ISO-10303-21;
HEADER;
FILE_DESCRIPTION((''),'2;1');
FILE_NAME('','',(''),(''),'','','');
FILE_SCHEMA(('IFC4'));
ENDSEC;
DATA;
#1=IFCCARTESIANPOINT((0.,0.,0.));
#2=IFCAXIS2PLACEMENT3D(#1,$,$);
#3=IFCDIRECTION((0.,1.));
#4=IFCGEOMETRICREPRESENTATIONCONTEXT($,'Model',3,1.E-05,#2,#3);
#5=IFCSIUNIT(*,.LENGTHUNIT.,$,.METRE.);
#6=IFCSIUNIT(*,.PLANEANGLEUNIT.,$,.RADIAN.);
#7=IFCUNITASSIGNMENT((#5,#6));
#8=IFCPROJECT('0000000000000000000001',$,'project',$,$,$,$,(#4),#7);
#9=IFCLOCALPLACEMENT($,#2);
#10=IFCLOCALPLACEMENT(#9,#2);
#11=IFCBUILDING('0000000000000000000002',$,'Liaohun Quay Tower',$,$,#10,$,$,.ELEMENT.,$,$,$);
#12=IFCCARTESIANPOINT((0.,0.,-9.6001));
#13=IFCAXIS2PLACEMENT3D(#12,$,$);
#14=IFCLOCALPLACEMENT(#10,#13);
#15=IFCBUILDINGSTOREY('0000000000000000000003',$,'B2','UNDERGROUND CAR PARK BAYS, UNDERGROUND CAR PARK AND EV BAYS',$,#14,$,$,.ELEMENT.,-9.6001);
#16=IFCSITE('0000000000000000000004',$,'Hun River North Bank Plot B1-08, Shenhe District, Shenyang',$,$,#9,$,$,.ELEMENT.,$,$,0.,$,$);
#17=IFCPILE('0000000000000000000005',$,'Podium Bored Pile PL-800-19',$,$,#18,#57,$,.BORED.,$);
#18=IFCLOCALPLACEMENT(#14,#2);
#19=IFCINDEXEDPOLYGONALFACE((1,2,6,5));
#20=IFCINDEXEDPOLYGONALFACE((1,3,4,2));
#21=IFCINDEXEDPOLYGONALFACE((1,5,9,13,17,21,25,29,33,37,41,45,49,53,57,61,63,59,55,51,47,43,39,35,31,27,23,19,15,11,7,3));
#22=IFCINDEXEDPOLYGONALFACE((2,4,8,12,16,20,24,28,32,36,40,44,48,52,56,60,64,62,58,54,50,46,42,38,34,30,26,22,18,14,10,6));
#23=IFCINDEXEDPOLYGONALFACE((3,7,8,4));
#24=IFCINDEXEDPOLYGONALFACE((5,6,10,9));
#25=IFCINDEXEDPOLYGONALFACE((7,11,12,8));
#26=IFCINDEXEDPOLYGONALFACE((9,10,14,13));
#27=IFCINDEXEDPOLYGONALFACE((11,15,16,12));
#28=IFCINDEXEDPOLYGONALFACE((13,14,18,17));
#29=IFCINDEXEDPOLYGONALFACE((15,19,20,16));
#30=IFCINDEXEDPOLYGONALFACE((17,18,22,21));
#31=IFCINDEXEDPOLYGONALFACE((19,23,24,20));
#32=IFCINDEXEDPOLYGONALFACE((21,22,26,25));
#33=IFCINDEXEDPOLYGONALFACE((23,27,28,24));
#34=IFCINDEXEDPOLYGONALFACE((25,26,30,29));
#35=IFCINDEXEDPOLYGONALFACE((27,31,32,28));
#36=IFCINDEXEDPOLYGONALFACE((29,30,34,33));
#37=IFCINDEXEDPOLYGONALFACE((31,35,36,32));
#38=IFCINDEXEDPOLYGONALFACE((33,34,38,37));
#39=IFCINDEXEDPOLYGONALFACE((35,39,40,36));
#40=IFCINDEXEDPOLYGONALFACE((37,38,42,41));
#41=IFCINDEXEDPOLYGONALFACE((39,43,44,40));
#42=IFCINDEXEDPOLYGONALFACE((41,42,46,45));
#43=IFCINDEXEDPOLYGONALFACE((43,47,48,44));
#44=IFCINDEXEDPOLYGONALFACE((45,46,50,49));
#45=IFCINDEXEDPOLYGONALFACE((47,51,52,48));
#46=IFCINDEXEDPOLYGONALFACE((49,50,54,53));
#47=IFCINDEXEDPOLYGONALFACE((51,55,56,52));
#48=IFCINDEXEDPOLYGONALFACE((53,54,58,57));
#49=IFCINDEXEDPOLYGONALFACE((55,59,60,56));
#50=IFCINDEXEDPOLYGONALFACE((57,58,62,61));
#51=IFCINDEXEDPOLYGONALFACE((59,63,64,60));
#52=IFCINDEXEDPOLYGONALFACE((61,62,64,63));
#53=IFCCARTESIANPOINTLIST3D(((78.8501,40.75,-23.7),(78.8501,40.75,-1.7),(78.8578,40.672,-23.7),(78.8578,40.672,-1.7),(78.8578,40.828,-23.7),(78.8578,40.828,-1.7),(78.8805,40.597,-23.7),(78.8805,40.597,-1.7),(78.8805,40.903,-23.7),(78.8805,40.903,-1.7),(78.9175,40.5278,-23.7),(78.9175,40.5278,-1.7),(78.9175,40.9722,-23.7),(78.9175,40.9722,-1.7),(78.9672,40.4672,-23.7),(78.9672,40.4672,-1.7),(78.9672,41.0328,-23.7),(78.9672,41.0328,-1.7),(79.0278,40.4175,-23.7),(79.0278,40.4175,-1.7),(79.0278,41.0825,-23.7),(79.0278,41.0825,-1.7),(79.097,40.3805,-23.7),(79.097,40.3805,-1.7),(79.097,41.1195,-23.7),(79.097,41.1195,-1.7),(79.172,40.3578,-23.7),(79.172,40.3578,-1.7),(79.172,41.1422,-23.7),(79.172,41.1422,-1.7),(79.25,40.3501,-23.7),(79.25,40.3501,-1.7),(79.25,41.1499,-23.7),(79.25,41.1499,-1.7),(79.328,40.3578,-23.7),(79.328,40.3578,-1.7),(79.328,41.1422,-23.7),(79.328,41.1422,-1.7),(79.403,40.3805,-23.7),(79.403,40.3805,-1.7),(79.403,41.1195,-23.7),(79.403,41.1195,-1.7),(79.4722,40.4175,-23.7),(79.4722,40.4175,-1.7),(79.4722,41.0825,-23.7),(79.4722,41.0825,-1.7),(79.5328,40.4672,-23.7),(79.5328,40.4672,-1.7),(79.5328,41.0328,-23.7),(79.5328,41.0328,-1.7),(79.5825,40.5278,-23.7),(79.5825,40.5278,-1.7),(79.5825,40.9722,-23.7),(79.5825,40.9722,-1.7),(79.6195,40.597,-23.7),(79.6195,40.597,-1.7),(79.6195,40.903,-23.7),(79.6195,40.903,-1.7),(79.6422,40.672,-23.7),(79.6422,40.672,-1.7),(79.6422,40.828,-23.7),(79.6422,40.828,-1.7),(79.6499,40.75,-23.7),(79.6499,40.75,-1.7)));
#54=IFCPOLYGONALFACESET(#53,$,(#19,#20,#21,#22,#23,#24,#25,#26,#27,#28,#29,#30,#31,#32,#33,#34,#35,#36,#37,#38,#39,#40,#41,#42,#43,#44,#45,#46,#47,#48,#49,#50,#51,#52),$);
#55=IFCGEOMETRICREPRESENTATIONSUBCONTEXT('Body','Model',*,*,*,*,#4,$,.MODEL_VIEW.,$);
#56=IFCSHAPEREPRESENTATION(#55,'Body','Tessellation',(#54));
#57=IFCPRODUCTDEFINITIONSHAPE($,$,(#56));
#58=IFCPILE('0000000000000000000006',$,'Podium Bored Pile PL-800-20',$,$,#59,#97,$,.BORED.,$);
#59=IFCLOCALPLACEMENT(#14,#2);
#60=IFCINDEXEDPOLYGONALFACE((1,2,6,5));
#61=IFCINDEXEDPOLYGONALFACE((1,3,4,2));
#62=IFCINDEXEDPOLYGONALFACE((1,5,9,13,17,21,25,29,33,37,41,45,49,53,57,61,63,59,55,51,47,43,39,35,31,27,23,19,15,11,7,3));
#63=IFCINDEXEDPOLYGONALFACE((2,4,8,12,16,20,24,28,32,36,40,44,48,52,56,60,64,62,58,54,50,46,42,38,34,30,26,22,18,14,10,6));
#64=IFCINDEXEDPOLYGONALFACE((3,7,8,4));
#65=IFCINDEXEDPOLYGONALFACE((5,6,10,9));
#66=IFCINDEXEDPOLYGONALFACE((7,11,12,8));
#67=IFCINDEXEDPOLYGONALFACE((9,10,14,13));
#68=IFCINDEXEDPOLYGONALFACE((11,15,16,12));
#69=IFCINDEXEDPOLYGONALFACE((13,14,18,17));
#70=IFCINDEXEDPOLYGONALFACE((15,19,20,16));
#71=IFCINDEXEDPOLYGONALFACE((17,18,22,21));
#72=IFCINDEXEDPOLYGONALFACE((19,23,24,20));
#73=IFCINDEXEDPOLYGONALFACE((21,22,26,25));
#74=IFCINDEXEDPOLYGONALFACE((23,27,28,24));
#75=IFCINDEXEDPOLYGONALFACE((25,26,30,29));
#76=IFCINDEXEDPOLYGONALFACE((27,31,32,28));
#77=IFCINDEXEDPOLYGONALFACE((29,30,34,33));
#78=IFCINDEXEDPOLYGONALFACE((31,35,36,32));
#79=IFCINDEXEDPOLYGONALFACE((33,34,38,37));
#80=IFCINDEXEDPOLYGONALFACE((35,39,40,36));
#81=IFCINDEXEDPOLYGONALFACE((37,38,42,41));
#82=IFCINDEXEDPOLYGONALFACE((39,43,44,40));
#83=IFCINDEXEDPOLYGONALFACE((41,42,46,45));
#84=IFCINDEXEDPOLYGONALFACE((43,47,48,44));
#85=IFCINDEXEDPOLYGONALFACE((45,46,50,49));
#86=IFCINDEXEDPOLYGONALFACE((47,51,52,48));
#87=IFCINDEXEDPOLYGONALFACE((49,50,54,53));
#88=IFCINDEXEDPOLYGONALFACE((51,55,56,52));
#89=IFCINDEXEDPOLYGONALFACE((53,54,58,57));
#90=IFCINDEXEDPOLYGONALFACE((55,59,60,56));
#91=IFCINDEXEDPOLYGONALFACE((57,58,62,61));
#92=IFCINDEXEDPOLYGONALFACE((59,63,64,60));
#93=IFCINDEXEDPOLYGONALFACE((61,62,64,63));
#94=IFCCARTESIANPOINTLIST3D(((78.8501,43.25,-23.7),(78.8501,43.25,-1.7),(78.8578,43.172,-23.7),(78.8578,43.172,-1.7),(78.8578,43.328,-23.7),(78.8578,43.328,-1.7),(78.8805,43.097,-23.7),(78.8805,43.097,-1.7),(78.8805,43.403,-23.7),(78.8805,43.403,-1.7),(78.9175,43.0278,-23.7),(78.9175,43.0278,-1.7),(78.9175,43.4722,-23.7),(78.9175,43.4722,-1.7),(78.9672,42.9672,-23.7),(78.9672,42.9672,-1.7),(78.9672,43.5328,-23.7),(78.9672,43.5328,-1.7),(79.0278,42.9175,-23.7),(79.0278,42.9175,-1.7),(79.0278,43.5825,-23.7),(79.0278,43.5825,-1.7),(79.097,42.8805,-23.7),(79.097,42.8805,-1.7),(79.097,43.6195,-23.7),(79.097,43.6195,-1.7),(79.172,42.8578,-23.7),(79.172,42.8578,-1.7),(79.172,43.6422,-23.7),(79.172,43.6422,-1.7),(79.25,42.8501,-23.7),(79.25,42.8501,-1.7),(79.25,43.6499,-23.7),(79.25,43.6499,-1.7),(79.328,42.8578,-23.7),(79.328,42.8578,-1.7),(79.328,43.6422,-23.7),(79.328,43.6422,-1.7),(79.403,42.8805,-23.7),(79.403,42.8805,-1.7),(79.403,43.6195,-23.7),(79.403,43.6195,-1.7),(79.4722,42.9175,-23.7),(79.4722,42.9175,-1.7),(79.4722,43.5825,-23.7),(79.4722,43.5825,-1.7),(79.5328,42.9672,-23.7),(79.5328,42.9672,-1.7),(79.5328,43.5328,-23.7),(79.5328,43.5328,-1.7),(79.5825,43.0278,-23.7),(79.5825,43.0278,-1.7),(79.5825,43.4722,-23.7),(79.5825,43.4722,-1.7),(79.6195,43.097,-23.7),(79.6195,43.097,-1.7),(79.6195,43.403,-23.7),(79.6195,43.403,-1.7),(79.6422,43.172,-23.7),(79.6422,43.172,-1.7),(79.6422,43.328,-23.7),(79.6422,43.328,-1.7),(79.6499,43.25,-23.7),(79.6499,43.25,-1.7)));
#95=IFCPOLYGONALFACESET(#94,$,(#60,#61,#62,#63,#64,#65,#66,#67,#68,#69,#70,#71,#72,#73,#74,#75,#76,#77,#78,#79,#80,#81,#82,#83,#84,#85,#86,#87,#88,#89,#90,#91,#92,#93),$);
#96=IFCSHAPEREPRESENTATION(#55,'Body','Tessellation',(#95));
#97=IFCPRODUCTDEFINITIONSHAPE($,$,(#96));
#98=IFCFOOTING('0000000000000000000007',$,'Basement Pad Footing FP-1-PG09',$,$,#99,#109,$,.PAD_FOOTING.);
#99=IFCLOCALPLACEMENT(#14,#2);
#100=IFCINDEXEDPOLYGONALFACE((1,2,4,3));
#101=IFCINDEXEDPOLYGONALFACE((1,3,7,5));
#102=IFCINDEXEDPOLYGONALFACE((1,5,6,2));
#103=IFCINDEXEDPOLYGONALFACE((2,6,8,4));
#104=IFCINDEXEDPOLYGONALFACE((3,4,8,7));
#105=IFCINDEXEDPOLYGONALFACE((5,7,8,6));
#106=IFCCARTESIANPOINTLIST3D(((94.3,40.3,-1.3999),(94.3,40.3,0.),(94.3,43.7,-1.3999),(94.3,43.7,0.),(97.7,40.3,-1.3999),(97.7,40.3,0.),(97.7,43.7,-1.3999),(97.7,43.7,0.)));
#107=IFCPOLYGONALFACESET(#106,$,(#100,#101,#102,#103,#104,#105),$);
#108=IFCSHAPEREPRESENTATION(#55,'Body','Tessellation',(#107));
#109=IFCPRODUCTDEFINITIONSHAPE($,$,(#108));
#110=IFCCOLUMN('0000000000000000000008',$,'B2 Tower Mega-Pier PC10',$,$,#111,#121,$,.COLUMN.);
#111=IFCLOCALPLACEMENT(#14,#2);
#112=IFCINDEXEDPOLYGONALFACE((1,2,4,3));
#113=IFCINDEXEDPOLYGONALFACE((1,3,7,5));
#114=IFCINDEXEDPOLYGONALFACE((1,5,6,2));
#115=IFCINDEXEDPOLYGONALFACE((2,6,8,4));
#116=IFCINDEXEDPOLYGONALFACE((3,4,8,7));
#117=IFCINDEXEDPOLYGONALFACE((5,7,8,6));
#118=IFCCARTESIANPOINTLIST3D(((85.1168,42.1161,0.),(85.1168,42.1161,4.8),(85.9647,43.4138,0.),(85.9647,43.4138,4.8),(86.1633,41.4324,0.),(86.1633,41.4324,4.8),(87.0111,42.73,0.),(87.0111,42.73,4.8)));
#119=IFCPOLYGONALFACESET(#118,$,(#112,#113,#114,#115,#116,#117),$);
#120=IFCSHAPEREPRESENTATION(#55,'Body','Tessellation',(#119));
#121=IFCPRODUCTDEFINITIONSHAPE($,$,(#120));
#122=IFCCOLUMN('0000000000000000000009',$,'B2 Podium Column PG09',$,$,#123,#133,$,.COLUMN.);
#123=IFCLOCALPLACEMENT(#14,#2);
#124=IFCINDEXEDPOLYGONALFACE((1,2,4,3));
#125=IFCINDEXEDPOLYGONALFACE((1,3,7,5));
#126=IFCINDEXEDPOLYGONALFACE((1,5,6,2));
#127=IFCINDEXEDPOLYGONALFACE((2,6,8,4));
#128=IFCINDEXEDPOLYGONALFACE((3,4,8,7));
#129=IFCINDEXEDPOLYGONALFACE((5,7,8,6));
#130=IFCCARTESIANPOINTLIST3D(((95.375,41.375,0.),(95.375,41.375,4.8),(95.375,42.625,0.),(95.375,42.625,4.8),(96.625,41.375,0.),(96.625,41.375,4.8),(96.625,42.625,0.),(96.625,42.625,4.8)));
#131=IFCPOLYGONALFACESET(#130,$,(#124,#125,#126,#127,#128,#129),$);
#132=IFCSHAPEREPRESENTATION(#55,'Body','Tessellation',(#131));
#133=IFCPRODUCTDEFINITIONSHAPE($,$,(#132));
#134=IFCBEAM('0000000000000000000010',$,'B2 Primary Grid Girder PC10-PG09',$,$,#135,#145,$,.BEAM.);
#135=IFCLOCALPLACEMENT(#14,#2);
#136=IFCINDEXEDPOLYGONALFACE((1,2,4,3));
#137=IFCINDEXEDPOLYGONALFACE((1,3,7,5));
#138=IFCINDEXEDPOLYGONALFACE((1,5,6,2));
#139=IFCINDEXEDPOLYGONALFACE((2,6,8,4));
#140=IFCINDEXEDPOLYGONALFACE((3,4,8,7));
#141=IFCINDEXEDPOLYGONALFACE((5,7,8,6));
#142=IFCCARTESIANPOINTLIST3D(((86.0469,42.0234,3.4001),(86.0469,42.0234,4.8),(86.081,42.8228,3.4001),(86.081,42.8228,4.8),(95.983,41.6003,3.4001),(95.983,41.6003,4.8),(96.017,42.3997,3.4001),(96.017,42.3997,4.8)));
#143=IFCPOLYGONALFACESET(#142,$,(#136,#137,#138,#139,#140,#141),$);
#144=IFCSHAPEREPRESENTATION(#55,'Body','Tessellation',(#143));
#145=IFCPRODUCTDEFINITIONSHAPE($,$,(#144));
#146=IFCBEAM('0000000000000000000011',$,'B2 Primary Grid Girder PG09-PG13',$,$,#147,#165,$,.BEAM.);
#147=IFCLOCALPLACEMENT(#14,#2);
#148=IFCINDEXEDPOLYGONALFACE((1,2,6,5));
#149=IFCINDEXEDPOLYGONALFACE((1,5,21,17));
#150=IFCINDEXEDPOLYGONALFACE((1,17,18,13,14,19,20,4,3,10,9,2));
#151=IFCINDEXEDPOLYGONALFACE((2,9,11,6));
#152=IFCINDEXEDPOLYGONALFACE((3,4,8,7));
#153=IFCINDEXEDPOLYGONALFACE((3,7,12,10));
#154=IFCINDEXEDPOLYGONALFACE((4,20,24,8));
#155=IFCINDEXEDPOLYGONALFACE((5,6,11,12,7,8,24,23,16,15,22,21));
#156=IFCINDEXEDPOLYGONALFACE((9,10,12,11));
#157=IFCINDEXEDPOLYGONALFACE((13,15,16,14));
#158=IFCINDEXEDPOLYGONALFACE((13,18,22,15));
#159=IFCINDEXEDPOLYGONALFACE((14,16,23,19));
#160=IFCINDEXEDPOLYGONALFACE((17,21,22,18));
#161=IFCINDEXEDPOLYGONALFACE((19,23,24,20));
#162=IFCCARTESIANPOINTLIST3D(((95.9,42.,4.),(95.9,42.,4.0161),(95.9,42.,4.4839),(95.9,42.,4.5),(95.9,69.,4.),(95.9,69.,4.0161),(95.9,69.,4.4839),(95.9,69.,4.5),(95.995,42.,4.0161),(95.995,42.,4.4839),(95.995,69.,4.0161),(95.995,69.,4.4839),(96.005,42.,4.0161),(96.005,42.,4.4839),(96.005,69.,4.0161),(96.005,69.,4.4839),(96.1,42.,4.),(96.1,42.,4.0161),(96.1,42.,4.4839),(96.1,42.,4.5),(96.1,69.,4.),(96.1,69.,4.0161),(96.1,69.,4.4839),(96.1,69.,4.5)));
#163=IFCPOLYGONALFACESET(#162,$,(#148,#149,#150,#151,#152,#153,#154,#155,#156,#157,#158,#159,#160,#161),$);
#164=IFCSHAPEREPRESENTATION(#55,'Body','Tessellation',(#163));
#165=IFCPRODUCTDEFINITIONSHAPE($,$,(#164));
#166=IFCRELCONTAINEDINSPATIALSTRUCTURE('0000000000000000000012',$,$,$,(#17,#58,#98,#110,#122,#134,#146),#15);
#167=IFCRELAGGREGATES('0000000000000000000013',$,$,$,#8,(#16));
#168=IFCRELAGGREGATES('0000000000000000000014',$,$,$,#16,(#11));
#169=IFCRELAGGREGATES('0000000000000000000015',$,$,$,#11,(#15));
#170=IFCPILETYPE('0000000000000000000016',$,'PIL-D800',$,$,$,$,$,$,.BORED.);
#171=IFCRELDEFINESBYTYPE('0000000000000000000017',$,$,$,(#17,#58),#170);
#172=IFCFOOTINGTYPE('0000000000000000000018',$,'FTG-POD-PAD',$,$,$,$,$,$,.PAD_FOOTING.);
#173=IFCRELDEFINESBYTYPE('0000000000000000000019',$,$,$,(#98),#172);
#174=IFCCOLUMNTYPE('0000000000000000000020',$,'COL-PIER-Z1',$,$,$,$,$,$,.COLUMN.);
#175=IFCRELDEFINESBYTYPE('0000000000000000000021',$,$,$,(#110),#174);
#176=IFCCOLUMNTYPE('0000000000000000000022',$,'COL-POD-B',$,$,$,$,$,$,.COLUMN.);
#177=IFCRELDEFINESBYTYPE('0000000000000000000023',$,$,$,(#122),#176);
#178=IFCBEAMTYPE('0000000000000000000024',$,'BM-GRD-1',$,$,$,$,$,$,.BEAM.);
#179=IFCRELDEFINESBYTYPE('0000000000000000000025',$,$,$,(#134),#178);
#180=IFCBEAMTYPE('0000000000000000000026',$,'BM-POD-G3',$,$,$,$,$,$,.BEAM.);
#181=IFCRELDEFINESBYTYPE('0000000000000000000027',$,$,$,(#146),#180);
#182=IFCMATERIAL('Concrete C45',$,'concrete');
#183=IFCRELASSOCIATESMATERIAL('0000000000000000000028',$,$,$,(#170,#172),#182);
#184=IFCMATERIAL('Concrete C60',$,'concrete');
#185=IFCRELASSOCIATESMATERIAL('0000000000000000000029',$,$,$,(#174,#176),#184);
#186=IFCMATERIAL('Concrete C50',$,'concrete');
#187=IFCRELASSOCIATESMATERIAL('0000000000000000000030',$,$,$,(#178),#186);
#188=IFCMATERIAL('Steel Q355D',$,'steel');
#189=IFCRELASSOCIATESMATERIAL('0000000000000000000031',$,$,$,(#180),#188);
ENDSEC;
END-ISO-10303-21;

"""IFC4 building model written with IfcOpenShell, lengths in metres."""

from ifc_helpers import new_model, si_unit, direction, frame, origin, origin_2d, place, context, subcontext, project, spatial, rectangle, circle, i_section, extrude, source, transform, mapped, material, material_profile, profile_set, type_object, element, save


model = new_model("IFC4")

# Units and contexts
model_context = context("Model", 3, precision=1e-05, world=origin(), true_north=direction((0.0, 1.0)))
body_context = subcontext(model_context, "Body", "Model", "MODEL_VIEW")
ifc_project = project(units=[si_unit("LENGTHUNIT", "METRE"), si_unit("PLANEANGLEUNIT", "RADIAN")], contexts=[model_context])

# Site, building, storey
site_placement = place(None, origin())
site = spatial("IfcSite", under=ifc_project, at=site_placement, Name="Hun River North Bank Plot B1-08, Shenhe District, Shenyang", CompositionType="ELEMENT", RefElevation=0.0)
building_placement = place(site_placement, origin())
building = spatial("IfcBuilding", under=site, at=building_placement, Name="Liaohun Quay Tower", CompositionType="ELEMENT")
storey_placement = place(building_placement, frame((0.0, 0.0, -9.6001)))
storey = spatial("IfcBuildingStorey", under=building, at=storey_placement, Name="B2", Description="UNDERGROUND CAR PARK BAYS, UNDERGROUND CAR PARK AND EV BAYS", CompositionType="ELEMENT", Elevation=-9.6001)

# Shared definitions
ifc_material_1 = material(Name="Concrete C45", Category="concrete")

# Piles
ifc_material_profile_1 = material_profile(ifc_material_1, circle(Radius=0.3999, at=origin_2d()), Name="PILE-D800")
ifc_profile_set_1 = profile_set([ifc_material_profile_1], Name="Concrete C45")
pile_type = type_object("IfcPileType", Name="PIL-D800", PredefinedType="BORED", material=ifc_profile_set_1)
shared_shape_1 = source(origin(), body_context, "Body", "SweptSolid", [
    extrude(circle(Radius=0.3999, at=origin_2d()), origin(), (0.0, 0.0, 1.0), 22.0),
])
for number, where, z_axis, x_axis, name in (
    (1, (79.25, 40.75, -1.7), (0.0, 0.0, -1.0), (1.0, 0.0, 0.0), "Podium Bored Pile PL-800-19"),
    (2, (79.25, 43.25, -1.7), (0.0, 0.0, -1.0), (1.0, 0.0, 0.0), "Podium Bored Pile PL-800-20"),
):
    element("IfcPile", number, at=place(storey_placement, frame(where, z_axis=z_axis, x_axis=x_axis)), inside=storey, type_object=pile_type, Name=name, PredefinedType="BORED", context=body_context, shape_type="MappedRepresentation", body=[
        mapped(shared_shape_1, transform((0.0, 0.0, 0.0), x_axis=(1.0, 0.0, 0.0), y_axis=(0.0, 1.0, 0.0), z_axis=(0.0, 0.0, 1.0), scale=1.0)),
    ])

# Footing
footing_type_1 = type_object("IfcFootingType", Name="FTG-POD-PAD", PredefinedType="PAD_FOOTING", material=ifc_material_1)
shared_shape_2 = source(origin(), body_context, "Body", "SweptSolid", [
    extrude(rectangle(XDim=3.3999, YDim=3.3999, at=origin_2d()), origin(), (0.0, 0.0, 1.0), 1.3999),
])
footing_1_placement = place(storey_placement, frame((96.0, 42.0, -1.3999), z_axis=(0.0, 0.0, 1.0), x_axis=(1.0, 0.0, 0.0)))
element("IfcFooting", 3, at=footing_1_placement, inside=storey, type_object=footing_type_1, Name="Basement Pad Footing FP-1-PG09", PredefinedType="PAD_FOOTING", context=body_context, shape_type="MappedRepresentation", body=[
    mapped(shared_shape_2, transform((0.0, 0.0, 0.0), x_axis=(1.0, 0.0, 0.0), y_axis=(0.0, 1.0, 0.0), z_axis=(0.0, 0.0, 1.0), scale=1.0)),
])

# Columns
ifc_material_2 = material(Name="Concrete C60", Category="concrete")
ifc_material_profile_2 = material_profile(ifc_material_2, rectangle(XDim=1.55, YDim=1.25, at=origin_2d()), Name="RC1550x1250")
ifc_profile_set_2 = profile_set([ifc_material_profile_2], Name="Concrete C60")
column_type_1 = type_object("IfcColumnType", Name="COL-PIER-Z1", PredefinedType="COLUMN", material=ifc_profile_set_2)
shared_shape_3 = source(origin(), body_context, "Body", "SweptSolid", [
    extrude(rectangle(XDim=1.55, YDim=1.25, at=origin_2d()), origin(), (0.0, 0.0, 1.0), 4.8),
])
column_1_placement = place(storey_placement, frame((86.064, 42.4231, 0.0), z_axis=(0.0, 0.0, 1.0), x_axis=(0.546979, 0.837146, 0.0)))
element("IfcColumn", 4, at=column_1_placement, inside=storey, type_object=column_type_1, Name="B2 Tower Mega-Pier PC10", PredefinedType="COLUMN", context=body_context, shape_type="MappedRepresentation", body=[
    mapped(shared_shape_3, transform((0.0, 0.0, 0.0), x_axis=(1.0, 0.0, 0.0), y_axis=(0.0, 1.0, 0.0), z_axis=(0.0, 0.0, 1.0), scale=1.0)),
])
ifc_material_profile_3 = material_profile(ifc_material_2, rectangle(XDim=1.25, YDim=1.25, at=origin_2d()), Name="RC1250x1250")
ifc_profile_set_3 = profile_set([ifc_material_profile_3], Name="Concrete C60")
column_type_2 = type_object("IfcColumnType", Name="COL-POD-B", PredefinedType="COLUMN", material=ifc_profile_set_3)
shared_shape_4 = source(origin(), body_context, "Body", "SweptSolid", [
    extrude(rectangle(XDim=1.25, YDim=1.25, at=origin_2d()), origin(), (0.0, 0.0, 1.0), 4.8),
])
column_2_placement = place(storey_placement, frame((96.0, 42.0, 0.0), z_axis=(0.0, 0.0, 1.0), x_axis=(1.0, 0.0, 0.0)))
element("IfcColumn", 5, at=column_2_placement, inside=storey, type_object=column_type_2, Name="B2 Podium Column PG09", PredefinedType="COLUMN", context=body_context, shape_type="MappedRepresentation", body=[
    mapped(shared_shape_4, transform((0.0, 0.0, 0.0), x_axis=(1.0, 0.0, 0.0), y_axis=(0.0, 1.0, 0.0), z_axis=(0.0, 0.0, 1.0), scale=1.0)),
])

# Beams
ifc_material_3 = material(Name="Concrete C50", Category="concrete")
ifc_material_profile_4 = material_profile(ifc_material_3, rectangle(XDim=0.8, YDim=1.3999, at=origin_2d()), Name="RC800x1400")
ifc_profile_set_4 = profile_set([ifc_material_profile_4], Name="Concrete C50")
beam_type_1 = type_object("IfcBeamType", Name="BM-GRD-1", PredefinedType="BEAM", material=ifc_profile_set_4)
shared_shape_5 = source(origin(), body_context, "Body", "SweptSolid", [
    extrude(rectangle(XDim=0.8, YDim=1.3999, at=origin_2d()), origin(), (0.0, 0.0, 1.0), 9.9451),
])
beam_1_placement = place(storey_placement, frame((86.064, 42.4231, 4.1001), z_axis=(0.999095, -0.042543, 0.0), x_axis=(0.042543, 0.999095, 0.0)))
element("IfcBeam", 6, at=beam_1_placement, inside=storey, type_object=beam_type_1, Name="B2 Primary Grid Girder PC10-PG09", PredefinedType="BEAM", context=body_context, shape_type="MappedRepresentation", body=[
    mapped(shared_shape_5, transform((0.0, 0.0, 0.0), x_axis=(1.0, 0.0, 0.0), y_axis=(0.0, 1.0, 0.0), z_axis=(0.0, 0.0, 1.0), scale=1.0)),
])
ifc_material_4 = material(Name="Steel Q355D", Category="steel")
ifc_material_profile_5 = material_profile(ifc_material_4, i_section(OverallWidth=0.2, OverallDepth=0.5, WebThickness=0.01, FlangeThickness=0.0161, at=origin_2d()), Name="HN500x200x10x16")
ifc_profile_set_5 = profile_set([ifc_material_profile_5], Name="Steel Q355D")
beam_type_2 = type_object("IfcBeamType", Name="BM-POD-G3", PredefinedType="BEAM", material=ifc_profile_set_5)
shared_shape_6 = source(origin(), body_context, "Body", "SweptSolid", [
    extrude(i_section(OverallWidth=0.2, OverallDepth=0.5, WebThickness=0.01, FlangeThickness=0.0161, at=origin_2d()), origin(), (0.0, 0.0, 1.0), 27.0),
])
beam_2_placement = place(storey_placement, frame((96.0, 42.0, 4.25), z_axis=(0.0, 1.0, 0.0), x_axis=(-1.0, 0.0, 0.0)))
element("IfcBeam", 7, at=beam_2_placement, inside=storey, type_object=beam_type_2, Name="B2 Primary Grid Girder PG09-PG13", PredefinedType="BEAM", context=body_context, shape_type="MappedRepresentation", body=[
    mapped(shared_shape_6, transform((0.0, 0.0, 0.0), x_axis=(1.0, 0.0, 0.0), y_axis=(0.0, 1.0, 0.0), z_axis=(0.0, 0.0, 1.0), scale=1.0)),
])

save(model, "model.ifc")
